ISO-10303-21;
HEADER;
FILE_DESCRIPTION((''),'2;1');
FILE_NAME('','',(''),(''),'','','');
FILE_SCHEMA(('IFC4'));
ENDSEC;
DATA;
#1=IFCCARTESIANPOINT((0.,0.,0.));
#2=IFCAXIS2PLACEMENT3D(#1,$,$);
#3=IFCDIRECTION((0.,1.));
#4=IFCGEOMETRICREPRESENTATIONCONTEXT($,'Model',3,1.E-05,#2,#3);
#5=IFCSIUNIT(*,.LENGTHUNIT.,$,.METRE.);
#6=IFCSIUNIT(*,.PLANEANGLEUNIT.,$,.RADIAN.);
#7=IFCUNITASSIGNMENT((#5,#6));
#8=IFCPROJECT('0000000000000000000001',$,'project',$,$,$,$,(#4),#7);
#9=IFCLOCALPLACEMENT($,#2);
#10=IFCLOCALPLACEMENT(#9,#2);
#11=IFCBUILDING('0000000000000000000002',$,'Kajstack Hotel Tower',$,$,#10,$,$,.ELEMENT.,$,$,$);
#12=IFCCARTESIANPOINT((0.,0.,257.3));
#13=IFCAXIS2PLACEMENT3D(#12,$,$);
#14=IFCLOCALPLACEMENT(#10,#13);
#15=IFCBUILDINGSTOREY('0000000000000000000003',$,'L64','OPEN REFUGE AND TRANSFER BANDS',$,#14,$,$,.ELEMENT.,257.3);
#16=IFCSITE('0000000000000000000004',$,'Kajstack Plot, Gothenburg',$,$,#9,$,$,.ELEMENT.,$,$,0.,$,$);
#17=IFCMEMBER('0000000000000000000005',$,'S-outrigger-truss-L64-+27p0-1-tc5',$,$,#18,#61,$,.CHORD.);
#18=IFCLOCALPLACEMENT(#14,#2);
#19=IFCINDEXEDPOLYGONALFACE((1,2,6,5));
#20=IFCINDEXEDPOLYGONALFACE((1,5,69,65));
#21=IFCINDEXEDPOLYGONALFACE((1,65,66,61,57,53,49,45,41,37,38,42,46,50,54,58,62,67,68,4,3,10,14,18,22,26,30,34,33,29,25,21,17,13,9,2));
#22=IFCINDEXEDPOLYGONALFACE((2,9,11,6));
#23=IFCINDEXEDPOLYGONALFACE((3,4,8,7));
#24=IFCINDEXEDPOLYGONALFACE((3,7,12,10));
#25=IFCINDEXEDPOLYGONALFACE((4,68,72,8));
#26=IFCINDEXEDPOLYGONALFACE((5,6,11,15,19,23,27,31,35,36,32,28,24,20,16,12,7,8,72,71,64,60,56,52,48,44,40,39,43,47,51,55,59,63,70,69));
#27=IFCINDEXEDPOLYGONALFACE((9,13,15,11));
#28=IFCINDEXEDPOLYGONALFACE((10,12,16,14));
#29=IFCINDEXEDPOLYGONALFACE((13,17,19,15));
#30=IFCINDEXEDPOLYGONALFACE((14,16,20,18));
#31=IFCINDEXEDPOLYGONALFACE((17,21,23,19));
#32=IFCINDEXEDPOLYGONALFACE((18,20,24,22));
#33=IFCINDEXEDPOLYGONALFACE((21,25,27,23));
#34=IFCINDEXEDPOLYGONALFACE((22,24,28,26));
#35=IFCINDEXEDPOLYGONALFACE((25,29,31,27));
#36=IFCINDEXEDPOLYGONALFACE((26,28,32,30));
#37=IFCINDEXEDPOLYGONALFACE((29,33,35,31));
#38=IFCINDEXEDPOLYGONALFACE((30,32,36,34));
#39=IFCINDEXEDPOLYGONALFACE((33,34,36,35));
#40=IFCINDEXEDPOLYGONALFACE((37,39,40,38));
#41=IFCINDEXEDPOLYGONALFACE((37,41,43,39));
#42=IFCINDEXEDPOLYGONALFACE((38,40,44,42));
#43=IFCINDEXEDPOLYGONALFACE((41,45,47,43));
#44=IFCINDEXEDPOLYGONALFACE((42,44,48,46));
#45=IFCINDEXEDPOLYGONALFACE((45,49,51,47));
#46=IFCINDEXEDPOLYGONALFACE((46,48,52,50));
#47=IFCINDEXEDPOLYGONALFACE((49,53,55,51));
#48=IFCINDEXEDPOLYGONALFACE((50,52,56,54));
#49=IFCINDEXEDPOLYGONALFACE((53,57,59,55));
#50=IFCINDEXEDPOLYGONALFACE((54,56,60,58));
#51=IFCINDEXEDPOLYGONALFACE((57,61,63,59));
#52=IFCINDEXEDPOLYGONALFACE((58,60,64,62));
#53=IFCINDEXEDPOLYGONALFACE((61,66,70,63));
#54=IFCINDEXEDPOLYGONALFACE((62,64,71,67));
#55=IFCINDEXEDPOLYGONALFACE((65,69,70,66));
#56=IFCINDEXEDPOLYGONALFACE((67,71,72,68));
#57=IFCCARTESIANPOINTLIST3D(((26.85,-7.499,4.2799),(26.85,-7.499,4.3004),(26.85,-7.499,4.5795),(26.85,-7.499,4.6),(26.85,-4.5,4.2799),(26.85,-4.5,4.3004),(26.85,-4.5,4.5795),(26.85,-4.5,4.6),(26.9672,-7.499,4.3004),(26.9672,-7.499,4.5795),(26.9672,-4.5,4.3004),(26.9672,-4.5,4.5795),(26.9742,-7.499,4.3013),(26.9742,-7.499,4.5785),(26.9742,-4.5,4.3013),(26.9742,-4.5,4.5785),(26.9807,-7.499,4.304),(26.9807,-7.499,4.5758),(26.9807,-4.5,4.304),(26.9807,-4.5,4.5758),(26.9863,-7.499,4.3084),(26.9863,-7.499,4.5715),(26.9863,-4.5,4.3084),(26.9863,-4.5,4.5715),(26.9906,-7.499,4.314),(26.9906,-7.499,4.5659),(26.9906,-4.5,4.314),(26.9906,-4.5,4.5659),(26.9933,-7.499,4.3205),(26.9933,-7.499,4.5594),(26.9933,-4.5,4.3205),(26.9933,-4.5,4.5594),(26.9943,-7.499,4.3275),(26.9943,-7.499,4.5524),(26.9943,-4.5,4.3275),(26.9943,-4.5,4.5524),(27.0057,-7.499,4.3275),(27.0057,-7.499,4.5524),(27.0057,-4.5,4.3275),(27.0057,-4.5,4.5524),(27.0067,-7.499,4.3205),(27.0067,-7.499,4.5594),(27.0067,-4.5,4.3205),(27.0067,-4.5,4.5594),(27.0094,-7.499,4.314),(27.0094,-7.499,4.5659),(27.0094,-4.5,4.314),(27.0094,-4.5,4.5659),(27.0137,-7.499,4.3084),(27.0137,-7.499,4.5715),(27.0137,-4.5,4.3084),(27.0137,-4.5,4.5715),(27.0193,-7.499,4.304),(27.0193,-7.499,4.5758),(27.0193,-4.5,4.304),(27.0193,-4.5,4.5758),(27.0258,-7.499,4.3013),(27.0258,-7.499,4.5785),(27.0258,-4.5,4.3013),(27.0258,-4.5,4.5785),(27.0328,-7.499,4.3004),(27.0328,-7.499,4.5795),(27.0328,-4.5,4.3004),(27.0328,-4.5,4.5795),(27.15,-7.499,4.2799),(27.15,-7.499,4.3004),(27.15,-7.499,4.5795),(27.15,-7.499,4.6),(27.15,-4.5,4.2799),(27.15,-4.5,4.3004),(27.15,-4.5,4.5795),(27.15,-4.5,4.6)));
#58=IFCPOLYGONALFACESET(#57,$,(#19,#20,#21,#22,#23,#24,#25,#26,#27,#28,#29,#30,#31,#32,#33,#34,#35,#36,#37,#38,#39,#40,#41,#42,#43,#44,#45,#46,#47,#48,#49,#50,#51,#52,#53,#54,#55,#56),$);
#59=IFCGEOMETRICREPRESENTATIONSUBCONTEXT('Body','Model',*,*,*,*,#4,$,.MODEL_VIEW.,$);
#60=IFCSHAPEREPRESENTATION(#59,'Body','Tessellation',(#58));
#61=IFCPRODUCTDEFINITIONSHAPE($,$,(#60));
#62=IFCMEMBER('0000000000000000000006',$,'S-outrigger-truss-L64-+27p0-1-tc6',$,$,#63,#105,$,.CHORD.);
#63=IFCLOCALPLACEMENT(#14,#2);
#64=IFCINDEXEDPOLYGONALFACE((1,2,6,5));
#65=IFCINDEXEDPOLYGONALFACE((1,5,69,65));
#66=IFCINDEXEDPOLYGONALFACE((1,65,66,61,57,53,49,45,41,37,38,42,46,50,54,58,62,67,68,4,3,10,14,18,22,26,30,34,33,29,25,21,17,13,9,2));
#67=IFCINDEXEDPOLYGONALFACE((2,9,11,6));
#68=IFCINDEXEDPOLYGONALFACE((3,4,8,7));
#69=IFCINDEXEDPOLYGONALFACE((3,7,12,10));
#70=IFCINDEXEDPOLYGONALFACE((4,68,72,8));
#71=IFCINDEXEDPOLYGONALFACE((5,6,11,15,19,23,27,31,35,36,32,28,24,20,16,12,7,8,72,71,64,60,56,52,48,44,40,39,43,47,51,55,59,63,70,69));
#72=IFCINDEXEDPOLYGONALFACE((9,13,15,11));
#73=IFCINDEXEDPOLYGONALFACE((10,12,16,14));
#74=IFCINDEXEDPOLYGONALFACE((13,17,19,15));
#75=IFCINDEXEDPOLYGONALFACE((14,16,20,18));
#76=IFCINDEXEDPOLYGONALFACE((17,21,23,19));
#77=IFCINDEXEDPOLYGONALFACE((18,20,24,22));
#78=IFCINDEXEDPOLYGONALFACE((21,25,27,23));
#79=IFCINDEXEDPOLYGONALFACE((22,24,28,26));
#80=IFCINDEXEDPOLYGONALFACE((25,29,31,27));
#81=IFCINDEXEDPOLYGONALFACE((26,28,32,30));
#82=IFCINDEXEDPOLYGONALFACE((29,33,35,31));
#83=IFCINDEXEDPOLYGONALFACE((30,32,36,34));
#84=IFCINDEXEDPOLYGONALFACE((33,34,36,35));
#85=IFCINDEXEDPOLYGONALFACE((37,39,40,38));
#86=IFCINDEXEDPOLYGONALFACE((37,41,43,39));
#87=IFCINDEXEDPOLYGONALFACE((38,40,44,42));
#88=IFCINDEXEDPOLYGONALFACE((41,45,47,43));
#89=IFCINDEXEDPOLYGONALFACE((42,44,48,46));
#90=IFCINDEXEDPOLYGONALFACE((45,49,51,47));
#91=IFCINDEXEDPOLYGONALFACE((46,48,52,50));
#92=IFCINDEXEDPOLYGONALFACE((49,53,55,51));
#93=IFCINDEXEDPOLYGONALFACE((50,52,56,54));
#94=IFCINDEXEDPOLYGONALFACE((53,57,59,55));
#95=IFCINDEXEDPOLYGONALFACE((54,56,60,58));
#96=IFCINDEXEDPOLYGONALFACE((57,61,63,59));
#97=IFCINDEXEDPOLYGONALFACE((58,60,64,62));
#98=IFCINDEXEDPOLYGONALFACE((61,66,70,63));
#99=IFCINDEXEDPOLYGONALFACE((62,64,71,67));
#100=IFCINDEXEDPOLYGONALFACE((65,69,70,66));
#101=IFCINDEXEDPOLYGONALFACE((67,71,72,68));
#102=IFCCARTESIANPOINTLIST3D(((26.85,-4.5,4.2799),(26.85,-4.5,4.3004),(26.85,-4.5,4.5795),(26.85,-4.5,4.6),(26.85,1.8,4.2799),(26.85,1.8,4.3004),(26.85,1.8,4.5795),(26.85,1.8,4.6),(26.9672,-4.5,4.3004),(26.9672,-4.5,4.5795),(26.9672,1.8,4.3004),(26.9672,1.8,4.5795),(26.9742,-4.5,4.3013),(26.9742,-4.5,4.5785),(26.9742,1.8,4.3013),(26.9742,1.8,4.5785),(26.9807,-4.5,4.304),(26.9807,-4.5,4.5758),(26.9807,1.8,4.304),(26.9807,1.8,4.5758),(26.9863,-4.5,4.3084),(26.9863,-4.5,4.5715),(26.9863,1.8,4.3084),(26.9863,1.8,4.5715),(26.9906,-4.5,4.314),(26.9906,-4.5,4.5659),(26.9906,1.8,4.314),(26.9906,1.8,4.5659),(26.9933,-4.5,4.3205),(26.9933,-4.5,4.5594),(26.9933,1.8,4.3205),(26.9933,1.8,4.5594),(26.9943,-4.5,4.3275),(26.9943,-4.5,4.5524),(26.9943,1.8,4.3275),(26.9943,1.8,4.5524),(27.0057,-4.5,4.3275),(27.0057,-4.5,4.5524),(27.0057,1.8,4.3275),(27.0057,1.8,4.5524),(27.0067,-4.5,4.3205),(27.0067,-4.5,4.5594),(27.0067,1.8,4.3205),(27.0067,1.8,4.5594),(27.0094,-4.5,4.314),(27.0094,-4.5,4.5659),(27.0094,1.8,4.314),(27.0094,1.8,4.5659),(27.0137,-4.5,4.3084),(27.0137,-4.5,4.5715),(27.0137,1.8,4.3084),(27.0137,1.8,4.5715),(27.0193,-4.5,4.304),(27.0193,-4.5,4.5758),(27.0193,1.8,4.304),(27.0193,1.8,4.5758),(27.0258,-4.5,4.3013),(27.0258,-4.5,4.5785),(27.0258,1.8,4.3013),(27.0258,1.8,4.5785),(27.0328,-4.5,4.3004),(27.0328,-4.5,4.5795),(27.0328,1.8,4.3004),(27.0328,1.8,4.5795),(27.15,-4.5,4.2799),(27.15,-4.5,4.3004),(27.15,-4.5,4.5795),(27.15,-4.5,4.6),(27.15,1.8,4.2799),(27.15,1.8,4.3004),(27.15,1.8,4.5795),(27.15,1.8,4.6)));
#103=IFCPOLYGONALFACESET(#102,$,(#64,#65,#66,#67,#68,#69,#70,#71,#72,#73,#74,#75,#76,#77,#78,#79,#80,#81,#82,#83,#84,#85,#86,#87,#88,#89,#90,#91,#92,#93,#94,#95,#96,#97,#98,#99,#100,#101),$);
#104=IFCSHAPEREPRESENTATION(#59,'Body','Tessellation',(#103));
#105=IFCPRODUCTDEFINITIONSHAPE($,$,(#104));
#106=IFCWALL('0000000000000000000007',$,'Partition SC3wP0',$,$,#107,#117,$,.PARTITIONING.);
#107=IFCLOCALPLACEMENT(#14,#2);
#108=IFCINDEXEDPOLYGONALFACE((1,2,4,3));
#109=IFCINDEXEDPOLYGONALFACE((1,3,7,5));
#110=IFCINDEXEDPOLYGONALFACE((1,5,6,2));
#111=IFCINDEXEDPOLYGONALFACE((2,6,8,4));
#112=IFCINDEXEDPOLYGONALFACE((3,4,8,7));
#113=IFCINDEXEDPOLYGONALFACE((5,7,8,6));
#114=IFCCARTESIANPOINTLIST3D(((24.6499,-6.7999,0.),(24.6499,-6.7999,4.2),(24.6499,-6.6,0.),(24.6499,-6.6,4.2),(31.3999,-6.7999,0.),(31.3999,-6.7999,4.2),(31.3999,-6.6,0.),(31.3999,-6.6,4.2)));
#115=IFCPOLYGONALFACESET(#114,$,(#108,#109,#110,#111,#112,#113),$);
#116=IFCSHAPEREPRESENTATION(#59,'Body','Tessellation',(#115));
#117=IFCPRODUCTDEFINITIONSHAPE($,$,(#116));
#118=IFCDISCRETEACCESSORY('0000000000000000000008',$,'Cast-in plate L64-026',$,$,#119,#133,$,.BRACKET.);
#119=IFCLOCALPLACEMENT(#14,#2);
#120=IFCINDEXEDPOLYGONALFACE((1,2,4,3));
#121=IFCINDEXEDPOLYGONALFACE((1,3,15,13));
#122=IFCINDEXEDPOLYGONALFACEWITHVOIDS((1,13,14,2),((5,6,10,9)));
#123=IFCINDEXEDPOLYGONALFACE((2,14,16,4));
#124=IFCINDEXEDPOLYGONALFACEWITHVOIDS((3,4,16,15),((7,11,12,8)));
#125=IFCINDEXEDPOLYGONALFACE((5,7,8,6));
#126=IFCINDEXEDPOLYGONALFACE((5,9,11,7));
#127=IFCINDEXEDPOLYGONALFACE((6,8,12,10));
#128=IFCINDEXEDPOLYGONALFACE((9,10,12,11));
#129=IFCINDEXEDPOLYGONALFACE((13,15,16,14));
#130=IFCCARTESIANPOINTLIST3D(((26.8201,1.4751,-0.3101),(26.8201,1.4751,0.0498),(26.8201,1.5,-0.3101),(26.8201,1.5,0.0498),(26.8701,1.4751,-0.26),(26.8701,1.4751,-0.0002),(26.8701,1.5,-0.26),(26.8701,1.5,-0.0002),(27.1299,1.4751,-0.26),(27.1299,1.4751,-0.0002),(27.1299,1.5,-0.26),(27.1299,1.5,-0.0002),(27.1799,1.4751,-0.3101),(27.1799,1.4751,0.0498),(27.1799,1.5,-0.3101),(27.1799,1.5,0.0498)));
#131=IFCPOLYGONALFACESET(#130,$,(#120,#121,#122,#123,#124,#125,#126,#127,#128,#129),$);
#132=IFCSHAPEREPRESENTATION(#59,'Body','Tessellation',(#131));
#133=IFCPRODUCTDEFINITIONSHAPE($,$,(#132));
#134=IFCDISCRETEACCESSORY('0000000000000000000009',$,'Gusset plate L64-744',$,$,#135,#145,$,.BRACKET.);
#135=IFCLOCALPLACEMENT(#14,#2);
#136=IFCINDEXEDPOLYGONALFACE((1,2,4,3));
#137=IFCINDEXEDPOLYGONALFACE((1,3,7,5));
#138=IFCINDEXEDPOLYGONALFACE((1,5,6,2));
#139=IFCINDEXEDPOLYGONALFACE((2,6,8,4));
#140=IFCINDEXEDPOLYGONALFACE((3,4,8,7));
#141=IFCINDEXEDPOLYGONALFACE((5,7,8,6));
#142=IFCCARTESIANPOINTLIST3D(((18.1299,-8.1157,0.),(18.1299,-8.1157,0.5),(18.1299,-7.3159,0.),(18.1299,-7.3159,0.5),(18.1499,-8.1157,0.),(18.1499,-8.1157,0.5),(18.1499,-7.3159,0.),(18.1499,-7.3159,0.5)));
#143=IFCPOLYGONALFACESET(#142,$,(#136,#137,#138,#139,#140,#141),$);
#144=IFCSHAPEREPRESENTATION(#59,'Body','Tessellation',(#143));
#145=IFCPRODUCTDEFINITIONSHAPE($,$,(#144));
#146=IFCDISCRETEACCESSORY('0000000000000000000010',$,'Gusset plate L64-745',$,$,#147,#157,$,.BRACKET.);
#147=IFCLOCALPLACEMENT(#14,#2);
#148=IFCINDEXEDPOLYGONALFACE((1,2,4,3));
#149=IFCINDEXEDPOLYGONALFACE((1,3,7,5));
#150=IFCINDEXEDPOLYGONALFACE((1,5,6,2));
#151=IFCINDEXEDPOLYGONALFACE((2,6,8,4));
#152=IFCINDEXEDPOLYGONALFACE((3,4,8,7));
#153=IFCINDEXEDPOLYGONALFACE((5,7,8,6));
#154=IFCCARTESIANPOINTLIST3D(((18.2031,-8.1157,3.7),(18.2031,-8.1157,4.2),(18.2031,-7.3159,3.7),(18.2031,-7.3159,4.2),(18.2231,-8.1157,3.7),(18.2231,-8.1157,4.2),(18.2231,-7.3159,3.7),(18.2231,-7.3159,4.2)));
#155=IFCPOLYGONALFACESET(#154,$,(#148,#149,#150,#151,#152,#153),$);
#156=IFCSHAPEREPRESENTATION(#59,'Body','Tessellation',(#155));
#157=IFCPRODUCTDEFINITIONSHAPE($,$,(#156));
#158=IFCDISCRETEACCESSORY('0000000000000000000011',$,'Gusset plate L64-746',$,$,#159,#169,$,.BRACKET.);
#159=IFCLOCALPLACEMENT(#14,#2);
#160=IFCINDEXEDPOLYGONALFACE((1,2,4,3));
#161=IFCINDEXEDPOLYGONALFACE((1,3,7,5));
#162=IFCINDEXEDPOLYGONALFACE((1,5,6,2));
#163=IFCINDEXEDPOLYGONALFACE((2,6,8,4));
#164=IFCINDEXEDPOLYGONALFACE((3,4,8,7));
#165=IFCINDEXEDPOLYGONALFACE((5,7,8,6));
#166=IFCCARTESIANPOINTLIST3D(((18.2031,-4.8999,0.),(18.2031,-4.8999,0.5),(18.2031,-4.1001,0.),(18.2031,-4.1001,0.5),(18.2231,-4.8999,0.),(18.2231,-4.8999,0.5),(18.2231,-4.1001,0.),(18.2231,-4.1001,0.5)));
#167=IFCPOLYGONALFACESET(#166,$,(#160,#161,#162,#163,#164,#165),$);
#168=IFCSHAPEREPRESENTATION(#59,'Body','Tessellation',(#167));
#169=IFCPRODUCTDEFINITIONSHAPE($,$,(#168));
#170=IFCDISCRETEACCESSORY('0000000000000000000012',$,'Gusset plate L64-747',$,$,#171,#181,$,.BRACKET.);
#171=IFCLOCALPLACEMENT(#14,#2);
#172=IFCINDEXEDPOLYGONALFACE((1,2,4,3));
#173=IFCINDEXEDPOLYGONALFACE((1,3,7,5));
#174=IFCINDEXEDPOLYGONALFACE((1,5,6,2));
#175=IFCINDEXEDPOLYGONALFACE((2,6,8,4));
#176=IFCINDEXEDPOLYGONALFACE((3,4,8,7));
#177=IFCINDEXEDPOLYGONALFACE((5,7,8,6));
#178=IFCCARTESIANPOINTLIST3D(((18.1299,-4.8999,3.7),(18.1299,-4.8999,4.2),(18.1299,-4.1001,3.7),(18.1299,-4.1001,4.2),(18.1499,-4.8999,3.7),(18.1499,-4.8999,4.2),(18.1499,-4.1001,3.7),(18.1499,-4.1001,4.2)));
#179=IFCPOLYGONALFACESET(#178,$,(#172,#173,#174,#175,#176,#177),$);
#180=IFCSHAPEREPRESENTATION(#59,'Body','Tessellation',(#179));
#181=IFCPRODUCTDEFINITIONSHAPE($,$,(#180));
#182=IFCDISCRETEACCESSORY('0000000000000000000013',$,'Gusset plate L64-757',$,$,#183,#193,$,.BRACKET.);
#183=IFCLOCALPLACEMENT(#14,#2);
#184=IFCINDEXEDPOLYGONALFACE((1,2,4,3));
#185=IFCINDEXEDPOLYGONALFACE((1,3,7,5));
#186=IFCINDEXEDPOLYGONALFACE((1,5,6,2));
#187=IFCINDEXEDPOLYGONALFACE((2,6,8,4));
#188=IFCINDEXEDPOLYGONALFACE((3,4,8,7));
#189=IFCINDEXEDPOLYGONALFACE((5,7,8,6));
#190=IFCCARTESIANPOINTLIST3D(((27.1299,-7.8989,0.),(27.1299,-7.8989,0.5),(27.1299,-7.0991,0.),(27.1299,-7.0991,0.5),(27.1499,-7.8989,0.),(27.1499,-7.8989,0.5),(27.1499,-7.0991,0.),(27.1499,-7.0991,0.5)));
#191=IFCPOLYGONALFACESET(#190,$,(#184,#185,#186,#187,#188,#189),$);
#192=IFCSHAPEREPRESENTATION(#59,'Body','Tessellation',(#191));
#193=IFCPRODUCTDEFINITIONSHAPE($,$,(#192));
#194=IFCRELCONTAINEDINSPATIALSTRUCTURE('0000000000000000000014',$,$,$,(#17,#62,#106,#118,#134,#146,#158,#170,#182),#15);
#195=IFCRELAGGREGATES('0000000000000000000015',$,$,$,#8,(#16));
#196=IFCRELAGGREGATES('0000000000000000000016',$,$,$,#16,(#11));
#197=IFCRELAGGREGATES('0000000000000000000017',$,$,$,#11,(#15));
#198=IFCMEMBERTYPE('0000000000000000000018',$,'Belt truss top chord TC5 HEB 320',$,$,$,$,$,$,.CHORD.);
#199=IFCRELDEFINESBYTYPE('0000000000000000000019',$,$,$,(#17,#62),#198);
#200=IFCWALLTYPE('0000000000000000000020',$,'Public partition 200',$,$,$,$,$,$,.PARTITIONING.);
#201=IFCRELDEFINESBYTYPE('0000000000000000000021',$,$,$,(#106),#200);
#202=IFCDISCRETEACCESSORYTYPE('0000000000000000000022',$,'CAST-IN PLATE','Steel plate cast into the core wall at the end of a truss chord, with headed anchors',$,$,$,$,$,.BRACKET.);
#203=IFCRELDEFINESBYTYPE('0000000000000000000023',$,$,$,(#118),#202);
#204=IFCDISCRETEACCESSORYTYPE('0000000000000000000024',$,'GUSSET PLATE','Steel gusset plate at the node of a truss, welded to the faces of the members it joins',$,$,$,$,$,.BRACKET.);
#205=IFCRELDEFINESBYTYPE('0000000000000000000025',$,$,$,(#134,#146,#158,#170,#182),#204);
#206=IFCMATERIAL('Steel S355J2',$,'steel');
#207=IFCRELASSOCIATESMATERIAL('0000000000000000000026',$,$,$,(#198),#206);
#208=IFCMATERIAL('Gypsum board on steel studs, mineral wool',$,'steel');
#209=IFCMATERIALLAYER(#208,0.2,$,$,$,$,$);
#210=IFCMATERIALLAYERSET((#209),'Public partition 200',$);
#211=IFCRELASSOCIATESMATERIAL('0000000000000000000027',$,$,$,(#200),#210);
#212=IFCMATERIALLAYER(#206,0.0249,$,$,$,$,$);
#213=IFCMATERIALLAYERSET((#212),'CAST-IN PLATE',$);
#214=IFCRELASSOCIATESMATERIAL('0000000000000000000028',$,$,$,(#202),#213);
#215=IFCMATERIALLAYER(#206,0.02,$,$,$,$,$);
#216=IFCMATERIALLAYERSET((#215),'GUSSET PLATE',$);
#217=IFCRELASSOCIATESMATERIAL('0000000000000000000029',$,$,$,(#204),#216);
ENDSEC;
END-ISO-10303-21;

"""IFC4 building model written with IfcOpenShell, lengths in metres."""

from ifc_helpers import new_model, si_unit, direction, frame, frame_2d, origin, origin_2d, place, context, subcontext, project, spatial, polyline, rectangle, i_section, outline, extrude, material, layer, layer_set, material_profile, profile_set, type_object, element, save


model = new_model("IFC4")

# Units and contexts
model_context = context("Model", 3, precision=1e-05, world=origin(), true_north=direction((0.0, 1.0)))
body_context = subcontext(model_context, "Body", "Model", "MODEL_VIEW")
ifc_project = project(units=[si_unit("LENGTHUNIT", "METRE"), si_unit("PLANEANGLEUNIT", "RADIAN")], contexts=[model_context])

# Site, building, storey
site_placement = place(None, origin())
site = spatial("IfcSite", under=ifc_project, at=site_placement, Name="Kajstack Plot, Gothenburg", CompositionType="ELEMENT", RefElevation=0.0)
building_placement = place(site_placement, origin())
building = spatial("IfcBuilding", under=site, at=building_placement, Name="Kajstack Hotel Tower", CompositionType="ELEMENT")
storey_placement = place(building_placement, frame((0.0, 0.0, 257.3)))
storey = spatial("IfcBuildingStorey", under=building, at=storey_placement, Name="L64", Description="OPEN REFUGE AND TRANSFER BANDS", CompositionType="ELEMENT", Elevation=257.3)

# Members
ifc_material_1 = material(Name="Steel S355J2", Category="steel")
ifc_material_profile_1 = material_profile(ifc_material_1, i_section(OverallWidth=0.3, OverallDepth=0.3201, WebThickness=0.0115, FlangeThickness=0.0205, FilletRadius=0.0271, at=origin_2d()), Name="HEB 320")
ifc_profile_set_1 = profile_set([ifc_material_profile_1], Name="Steel S355J2")
member_type_1 = type_object("IfcMemberType", Name="Belt truss top chord TC5 HEB 320", PredefinedType="CHORD", material=ifc_profile_set_1)
member_1_placement = place(storey_placement, frame((27.0, -7.499, 4.4399), z_axis=(0.0, 1.0, 0.0), x_axis=(-1.0, 0.0, 0.0)))
element("IfcMember", 1, at=member_1_placement, inside=storey, type_object=member_type_1, Name="S-outrigger-truss-L64-+27p0-1-tc5", PredefinedType="CHORD", context=body_context, shape_type="SweptSolid", body=[
    extrude(i_section(OverallWidth=0.3, OverallDepth=0.3201, WebThickness=0.0115, FlangeThickness=0.0205, FilletRadius=0.0271, at=origin_2d()), origin(), (0.0, 0.0, 1.0), 2.999),
])
member_2_placement = place(storey_placement, frame((27.0, -4.5, 4.4399), z_axis=(0.0, 1.0, 0.0), x_axis=(-1.0, 0.0, 0.0)))
element("IfcMember", 2, at=member_2_placement, inside=storey, type_object=member_type_1, Name="S-outrigger-truss-L64-+27p0-1-tc6", PredefinedType="CHORD", context=body_context, shape_type="SweptSolid", body=[
    extrude(i_section(OverallWidth=0.3, OverallDepth=0.3201, WebThickness=0.0115, FlangeThickness=0.0205, FilletRadius=0.0271, at=origin_2d()), origin(), (0.0, 0.0, 1.0), 6.3),
])

# Wall
ifc_material_2 = material(Name="Gypsum board on steel studs, mineral wool", Category="steel")
ifc_layer_1 = layer(ifc_material_2, 0.2)
ifc_layer_set_1 = layer_set([ifc_layer_1], Name="Public partition 200")
wall_type = type_object("IfcWallType", Name="Public partition 200", PredefinedType="PARTITIONING", material=ifc_layer_set_1)
wall_placement = place(storey_placement, frame((24.6499, -6.7, 0.0), z_axis=(0.0, 0.0, 1.0), x_axis=(1.0, 0.0, 0.0)))
element("IfcWall", 3, at=wall_placement, inside=storey, type_object=wall_type, Name="Partition SC3wP0", PredefinedType="PARTITIONING", context=body_context, shape_type="SweptSolid", body=[
    extrude(rectangle(XDim=6.75, YDim=0.2, at=frame_2d((3.375, 0.0))), origin(), (0.0, 0.0, 1.0), 4.2),
])

# Discrete accessories
ifc_layer_2 = layer(ifc_material_1, 0.0249)
ifc_layer_set_2 = layer_set([ifc_layer_2], Name="CAST-IN PLATE")
discrete_accessory_type_1 = type_object("IfcDiscreteAccessoryType", Name="CAST-IN PLATE", Description="Steel plate cast into the core wall at the end of a truss chord, with headed anchors", PredefinedType="BRACKET", material=ifc_layer_set_2)
discrete_accessory_1_placement = place(storey_placement, frame((27.0, 1.4751, -0.1301), z_axis=(0.0, 1.0, 0.0), x_axis=(-1.0, 0.0, 0.0)))
element("IfcDiscreteAccessory", 4, at=discrete_accessory_1_placement, inside=storey, type_object=discrete_accessory_type_1, Name="Cast-in plate L64-026", PredefinedType="BRACKET", context=body_context, shape_type="SweptSolid", body=[
    extrude(outline(polyline([(-0.1799, -0.1799), (0.1799, -0.1799), (0.1799, 0.1799), (-0.1799, 0.1799), (-0.1799, -0.1799)]), holes=[polyline([(-0.1299, -0.1299), (-0.1299, 0.1299), (0.1299, 0.1299), (0.1299, -0.1299), (-0.1299, -0.1299)])]), origin(), (0.0, 0.0, 1.0), 0.0249),
])
ifc_layer_3 = layer(ifc_material_1, 0.02)
ifc_layer_set_3 = layer_set([ifc_layer_3], Name="GUSSET PLATE")
discrete_accessory_type_2 = type_object("IfcDiscreteAccessoryType", Name="GUSSET PLATE", Description="Steel gusset plate at the node of a truss, welded to the faces of the members it joins", PredefinedType="BRACKET", material=ifc_layer_set_3)
for number, where, z_axis, x_axis, name in (
    (5, (18.1299, -7.7158, 0.0), (1.0, 0.0, 0.0), (0.0, 1.0, 0.0), "Gusset plate L64-744"),
    (6, (18.2031, -7.7158, 3.7), (1.0, 0.0, 0.0), (0.0, 1.0, 0.0), "Gusset plate L64-745"),
    (7, (18.2031, -4.5, 0.0), (1.0, 0.0, 0.0), (0.0, 1.0, 0.0), "Gusset plate L64-746"),
    (8, (18.1299, -4.5, 3.7), (1.0, 0.0, 0.0), (0.0, 1.0, 0.0), "Gusset plate L64-747"),
):
    element("IfcDiscreteAccessory", number, at=place(storey_placement, frame(where, z_axis=z_axis, x_axis=x_axis)), inside=storey, type_object=discrete_accessory_type_2, Name=name, PredefinedType="BRACKET", context=body_context, shape_type="SweptSolid", body=[
        extrude(outline(polyline([(-0.3999, 0.0), (0.3999, 0.0), (0.3999, 0.5), (-0.3999, 0.5), (-0.3999, 0.0)])), origin(), (0.0, 0.0, 1.0), 0.02),
    ])
for number, where, z_axis, x_axis, name in (
    (9, (27.1299, -7.499, 0.0), (1.0, 0.0, 0.0), (0.0, 1.0, 0.0), "Gusset plate L64-757"),
):
    element("IfcDiscreteAccessory", number, at=place(storey_placement, frame(where, z_axis=z_axis, x_axis=x_axis)), inside=storey, type_object=discrete_accessory_type_2, Name=name, PredefinedType="BRACKET", context=body_context, shape_type="SweptSolid", body=[
        extrude(outline(polyline([(-0.3999, 0.0), (0.3999, 0.0), (0.3999, 0.5), (-0.3999, 0.5), (-0.3999, 0.0)])), origin(), (0.0, 0.0, 1.0), 0.02),
    ])

save(model, "model.ifc")
